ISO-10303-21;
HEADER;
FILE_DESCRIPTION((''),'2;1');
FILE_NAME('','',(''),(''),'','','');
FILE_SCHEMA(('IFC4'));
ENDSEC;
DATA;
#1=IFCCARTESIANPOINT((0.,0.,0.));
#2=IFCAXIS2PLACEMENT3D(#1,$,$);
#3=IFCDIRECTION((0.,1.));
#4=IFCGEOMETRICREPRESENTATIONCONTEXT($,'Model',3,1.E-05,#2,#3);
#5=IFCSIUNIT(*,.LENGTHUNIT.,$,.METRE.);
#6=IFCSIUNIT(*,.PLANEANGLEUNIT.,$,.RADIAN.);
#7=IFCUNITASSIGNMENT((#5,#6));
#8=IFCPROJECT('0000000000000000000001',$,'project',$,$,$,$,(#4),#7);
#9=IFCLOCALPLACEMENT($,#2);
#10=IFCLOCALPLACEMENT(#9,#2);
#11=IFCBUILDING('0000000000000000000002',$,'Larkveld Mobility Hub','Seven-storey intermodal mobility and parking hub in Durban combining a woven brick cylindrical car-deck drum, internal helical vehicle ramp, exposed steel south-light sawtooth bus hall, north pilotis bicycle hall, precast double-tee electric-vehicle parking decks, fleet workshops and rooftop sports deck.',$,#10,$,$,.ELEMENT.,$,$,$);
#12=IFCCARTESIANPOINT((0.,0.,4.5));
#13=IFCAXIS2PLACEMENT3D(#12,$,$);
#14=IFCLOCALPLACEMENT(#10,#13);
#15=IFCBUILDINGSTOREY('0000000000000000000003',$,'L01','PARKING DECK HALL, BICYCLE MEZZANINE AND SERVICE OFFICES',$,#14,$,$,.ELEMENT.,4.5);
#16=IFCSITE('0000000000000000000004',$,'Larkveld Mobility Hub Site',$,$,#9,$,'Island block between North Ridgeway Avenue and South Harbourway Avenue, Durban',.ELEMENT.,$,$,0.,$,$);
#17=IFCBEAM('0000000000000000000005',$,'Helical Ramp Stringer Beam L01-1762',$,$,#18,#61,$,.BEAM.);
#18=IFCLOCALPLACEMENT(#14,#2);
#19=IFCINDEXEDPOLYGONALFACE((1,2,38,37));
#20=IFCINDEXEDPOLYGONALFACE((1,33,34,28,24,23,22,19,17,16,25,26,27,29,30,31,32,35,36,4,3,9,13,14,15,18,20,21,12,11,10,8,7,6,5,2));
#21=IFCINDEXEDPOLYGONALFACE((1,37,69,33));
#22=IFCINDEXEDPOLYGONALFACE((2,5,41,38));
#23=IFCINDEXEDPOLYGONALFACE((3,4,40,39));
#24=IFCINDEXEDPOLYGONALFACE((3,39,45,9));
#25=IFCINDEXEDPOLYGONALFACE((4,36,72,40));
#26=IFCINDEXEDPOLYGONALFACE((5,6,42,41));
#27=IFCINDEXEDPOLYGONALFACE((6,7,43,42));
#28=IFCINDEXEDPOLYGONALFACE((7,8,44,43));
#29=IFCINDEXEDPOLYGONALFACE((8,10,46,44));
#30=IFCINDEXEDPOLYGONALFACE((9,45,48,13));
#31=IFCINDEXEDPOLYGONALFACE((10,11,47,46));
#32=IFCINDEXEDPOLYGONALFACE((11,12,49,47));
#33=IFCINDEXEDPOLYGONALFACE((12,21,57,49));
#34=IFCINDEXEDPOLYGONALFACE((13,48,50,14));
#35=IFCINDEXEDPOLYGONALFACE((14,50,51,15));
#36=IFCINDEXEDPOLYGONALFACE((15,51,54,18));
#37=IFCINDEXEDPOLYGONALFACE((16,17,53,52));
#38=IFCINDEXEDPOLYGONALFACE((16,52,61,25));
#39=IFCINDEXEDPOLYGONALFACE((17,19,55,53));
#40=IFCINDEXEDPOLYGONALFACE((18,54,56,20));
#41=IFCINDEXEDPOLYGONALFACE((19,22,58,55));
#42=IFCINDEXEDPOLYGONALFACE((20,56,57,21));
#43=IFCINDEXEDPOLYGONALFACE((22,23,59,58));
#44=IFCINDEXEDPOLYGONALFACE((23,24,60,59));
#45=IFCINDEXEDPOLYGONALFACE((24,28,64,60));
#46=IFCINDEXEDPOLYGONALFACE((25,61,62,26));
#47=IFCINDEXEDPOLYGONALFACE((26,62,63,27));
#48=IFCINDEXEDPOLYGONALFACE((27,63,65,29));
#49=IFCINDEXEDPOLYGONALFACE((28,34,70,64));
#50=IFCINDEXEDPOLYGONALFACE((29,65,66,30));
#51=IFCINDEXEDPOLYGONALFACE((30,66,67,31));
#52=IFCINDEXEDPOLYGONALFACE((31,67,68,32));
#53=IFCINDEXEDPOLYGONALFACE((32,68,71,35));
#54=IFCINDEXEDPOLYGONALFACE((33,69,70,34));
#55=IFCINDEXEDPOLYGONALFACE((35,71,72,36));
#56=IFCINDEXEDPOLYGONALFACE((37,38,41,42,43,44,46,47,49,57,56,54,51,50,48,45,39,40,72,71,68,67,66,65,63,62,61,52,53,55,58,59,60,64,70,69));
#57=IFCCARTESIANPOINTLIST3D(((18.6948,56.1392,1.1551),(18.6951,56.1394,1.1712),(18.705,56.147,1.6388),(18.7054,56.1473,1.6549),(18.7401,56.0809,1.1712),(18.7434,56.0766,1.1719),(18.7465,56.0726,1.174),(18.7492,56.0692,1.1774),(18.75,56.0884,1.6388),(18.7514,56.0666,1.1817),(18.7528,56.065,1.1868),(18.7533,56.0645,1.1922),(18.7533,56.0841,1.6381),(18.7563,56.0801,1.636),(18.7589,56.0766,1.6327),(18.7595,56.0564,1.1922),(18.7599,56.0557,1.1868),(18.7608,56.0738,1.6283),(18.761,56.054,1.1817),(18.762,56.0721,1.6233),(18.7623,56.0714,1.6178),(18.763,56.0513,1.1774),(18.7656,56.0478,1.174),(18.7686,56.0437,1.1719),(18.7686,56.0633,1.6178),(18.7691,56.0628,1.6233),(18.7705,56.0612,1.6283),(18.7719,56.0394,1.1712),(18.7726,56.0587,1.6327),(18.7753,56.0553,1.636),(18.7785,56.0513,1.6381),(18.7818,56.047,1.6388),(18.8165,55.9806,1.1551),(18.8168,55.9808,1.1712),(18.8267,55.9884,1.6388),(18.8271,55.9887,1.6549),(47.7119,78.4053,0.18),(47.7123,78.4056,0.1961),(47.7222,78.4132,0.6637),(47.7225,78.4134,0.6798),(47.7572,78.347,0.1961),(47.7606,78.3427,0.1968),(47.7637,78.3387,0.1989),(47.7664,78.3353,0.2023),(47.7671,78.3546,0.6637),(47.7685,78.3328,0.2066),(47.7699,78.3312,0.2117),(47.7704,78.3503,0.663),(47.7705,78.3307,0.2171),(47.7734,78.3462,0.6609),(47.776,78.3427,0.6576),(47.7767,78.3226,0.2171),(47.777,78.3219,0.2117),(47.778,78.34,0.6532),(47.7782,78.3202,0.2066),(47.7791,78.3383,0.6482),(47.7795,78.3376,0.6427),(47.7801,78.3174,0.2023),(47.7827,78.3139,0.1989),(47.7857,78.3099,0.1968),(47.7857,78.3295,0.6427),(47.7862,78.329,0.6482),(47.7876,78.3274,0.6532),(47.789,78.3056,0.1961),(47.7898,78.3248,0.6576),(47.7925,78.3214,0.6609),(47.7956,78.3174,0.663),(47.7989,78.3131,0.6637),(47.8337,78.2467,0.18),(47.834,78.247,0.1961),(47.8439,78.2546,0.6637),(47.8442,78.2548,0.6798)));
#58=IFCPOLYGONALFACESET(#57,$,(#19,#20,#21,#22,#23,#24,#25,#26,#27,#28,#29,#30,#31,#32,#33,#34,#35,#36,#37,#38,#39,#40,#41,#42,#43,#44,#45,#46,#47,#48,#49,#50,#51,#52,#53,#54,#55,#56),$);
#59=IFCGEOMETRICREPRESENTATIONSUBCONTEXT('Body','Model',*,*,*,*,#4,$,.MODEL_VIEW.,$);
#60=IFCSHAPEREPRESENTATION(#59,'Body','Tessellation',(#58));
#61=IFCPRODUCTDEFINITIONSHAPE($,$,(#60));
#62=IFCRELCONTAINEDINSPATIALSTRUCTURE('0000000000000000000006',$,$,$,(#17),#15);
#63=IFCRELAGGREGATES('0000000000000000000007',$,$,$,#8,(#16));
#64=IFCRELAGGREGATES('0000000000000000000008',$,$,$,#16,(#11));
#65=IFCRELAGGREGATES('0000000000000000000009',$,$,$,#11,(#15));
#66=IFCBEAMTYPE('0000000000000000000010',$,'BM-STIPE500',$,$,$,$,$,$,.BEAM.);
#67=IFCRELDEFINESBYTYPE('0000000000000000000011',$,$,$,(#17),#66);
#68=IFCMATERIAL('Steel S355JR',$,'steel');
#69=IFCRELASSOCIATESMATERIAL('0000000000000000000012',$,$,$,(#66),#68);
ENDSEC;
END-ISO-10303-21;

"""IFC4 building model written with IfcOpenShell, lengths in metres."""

from ifc_helpers import new_model, si_unit, direction, frame, origin, origin_2d, place, context, subcontext, project, spatial, i_section, extrude, material, material_profile, profile_set, type_object, element, save


model = new_model("IFC4")

# Units and contexts
model_context = context("Model", 3, precision=1e-05, world=origin(), true_north=direction((0.0, 1.0)))
body_context = subcontext(model_context, "Body", "Model", "MODEL_VIEW")
ifc_project = project(units=[si_unit("LENGTHUNIT", "METRE"), si_unit("PLANEANGLEUNIT", "RADIAN")], contexts=[model_context])

# Site, building, storey
site_placement = place(None, origin())
site = spatial("IfcSite", under=ifc_project, at=site_placement, Name="Larkveld Mobility Hub Site", LongName="Island block between North Ridgeway Avenue and South Harbourway Avenue, Durban", CompositionType="ELEMENT", RefElevation=0.0)
building_placement = place(site_placement, origin())
building = spatial("IfcBuilding", under=site, at=building_placement, Name="Larkveld Mobility Hub", Description="Seven-storey intermodal mobility and parking hub in Durban combining a woven brick cylindrical car-deck drum, internal helical vehicle ramp, exposed steel south-light sawtooth bus hall, north pilotis bicycle hall, precast double-tee electric-vehicle parking decks, fleet workshops and rooftop sports deck.", CompositionType="ELEMENT")
storey_placement = place(building_placement, frame((0.0, 0.0, 4.5)))
storey = spatial("IfcBuildingStorey", under=building, at=storey_placement, Name="L01", Description="PARKING DECK HALL, BICYCLE MEZZANINE AND SERVICE OFFICES", CompositionType="ELEMENT", Elevation=4.5)

# Beam
ifc_material_1 = material(Name="Steel S355JR", Category="steel")
ifc_material_profile_1 = material_profile(ifc_material_1, i_section(OverallWidth=0.2, OverallDepth=0.5, WebThickness=0.0103, FlangeThickness=0.0161, FilletRadius=0.021, at=origin_2d()), Name="IPE 500")
ifc_profile_set_1 = profile_set([ifc_material_profile_1], Name="Steel S355JR")
beam_type_1 = type_object("IfcBeamType", Name="BM-STIPE500", PredefinedType="BEAM", material=ifc_profile_set_1)
beam_1_placement = place(storey_placement, frame((47.7781, 78.3301, 0.4299), z_axis=(-0.793065, -0.608554, 0.02665), x_axis=(0.60877, -0.793347, 0.0)))
element("IfcBeam", 1, at=beam_1_placement, inside=storey, type_object=beam_type_1, Name="Helical Ramp Stringer Beam L01-1762", PredefinedType="BEAM", context=body_context, shape_type="SweptSolid", body=[
    extrude(i_section(OverallWidth=0.2, OverallDepth=0.5, WebThickness=0.0103, FlangeThickness=0.0161, FilletRadius=0.021, at=origin_2d()), origin(), (0.0, 0.0, 1.0), 36.5886),
])

save(model, "model.ifc")
